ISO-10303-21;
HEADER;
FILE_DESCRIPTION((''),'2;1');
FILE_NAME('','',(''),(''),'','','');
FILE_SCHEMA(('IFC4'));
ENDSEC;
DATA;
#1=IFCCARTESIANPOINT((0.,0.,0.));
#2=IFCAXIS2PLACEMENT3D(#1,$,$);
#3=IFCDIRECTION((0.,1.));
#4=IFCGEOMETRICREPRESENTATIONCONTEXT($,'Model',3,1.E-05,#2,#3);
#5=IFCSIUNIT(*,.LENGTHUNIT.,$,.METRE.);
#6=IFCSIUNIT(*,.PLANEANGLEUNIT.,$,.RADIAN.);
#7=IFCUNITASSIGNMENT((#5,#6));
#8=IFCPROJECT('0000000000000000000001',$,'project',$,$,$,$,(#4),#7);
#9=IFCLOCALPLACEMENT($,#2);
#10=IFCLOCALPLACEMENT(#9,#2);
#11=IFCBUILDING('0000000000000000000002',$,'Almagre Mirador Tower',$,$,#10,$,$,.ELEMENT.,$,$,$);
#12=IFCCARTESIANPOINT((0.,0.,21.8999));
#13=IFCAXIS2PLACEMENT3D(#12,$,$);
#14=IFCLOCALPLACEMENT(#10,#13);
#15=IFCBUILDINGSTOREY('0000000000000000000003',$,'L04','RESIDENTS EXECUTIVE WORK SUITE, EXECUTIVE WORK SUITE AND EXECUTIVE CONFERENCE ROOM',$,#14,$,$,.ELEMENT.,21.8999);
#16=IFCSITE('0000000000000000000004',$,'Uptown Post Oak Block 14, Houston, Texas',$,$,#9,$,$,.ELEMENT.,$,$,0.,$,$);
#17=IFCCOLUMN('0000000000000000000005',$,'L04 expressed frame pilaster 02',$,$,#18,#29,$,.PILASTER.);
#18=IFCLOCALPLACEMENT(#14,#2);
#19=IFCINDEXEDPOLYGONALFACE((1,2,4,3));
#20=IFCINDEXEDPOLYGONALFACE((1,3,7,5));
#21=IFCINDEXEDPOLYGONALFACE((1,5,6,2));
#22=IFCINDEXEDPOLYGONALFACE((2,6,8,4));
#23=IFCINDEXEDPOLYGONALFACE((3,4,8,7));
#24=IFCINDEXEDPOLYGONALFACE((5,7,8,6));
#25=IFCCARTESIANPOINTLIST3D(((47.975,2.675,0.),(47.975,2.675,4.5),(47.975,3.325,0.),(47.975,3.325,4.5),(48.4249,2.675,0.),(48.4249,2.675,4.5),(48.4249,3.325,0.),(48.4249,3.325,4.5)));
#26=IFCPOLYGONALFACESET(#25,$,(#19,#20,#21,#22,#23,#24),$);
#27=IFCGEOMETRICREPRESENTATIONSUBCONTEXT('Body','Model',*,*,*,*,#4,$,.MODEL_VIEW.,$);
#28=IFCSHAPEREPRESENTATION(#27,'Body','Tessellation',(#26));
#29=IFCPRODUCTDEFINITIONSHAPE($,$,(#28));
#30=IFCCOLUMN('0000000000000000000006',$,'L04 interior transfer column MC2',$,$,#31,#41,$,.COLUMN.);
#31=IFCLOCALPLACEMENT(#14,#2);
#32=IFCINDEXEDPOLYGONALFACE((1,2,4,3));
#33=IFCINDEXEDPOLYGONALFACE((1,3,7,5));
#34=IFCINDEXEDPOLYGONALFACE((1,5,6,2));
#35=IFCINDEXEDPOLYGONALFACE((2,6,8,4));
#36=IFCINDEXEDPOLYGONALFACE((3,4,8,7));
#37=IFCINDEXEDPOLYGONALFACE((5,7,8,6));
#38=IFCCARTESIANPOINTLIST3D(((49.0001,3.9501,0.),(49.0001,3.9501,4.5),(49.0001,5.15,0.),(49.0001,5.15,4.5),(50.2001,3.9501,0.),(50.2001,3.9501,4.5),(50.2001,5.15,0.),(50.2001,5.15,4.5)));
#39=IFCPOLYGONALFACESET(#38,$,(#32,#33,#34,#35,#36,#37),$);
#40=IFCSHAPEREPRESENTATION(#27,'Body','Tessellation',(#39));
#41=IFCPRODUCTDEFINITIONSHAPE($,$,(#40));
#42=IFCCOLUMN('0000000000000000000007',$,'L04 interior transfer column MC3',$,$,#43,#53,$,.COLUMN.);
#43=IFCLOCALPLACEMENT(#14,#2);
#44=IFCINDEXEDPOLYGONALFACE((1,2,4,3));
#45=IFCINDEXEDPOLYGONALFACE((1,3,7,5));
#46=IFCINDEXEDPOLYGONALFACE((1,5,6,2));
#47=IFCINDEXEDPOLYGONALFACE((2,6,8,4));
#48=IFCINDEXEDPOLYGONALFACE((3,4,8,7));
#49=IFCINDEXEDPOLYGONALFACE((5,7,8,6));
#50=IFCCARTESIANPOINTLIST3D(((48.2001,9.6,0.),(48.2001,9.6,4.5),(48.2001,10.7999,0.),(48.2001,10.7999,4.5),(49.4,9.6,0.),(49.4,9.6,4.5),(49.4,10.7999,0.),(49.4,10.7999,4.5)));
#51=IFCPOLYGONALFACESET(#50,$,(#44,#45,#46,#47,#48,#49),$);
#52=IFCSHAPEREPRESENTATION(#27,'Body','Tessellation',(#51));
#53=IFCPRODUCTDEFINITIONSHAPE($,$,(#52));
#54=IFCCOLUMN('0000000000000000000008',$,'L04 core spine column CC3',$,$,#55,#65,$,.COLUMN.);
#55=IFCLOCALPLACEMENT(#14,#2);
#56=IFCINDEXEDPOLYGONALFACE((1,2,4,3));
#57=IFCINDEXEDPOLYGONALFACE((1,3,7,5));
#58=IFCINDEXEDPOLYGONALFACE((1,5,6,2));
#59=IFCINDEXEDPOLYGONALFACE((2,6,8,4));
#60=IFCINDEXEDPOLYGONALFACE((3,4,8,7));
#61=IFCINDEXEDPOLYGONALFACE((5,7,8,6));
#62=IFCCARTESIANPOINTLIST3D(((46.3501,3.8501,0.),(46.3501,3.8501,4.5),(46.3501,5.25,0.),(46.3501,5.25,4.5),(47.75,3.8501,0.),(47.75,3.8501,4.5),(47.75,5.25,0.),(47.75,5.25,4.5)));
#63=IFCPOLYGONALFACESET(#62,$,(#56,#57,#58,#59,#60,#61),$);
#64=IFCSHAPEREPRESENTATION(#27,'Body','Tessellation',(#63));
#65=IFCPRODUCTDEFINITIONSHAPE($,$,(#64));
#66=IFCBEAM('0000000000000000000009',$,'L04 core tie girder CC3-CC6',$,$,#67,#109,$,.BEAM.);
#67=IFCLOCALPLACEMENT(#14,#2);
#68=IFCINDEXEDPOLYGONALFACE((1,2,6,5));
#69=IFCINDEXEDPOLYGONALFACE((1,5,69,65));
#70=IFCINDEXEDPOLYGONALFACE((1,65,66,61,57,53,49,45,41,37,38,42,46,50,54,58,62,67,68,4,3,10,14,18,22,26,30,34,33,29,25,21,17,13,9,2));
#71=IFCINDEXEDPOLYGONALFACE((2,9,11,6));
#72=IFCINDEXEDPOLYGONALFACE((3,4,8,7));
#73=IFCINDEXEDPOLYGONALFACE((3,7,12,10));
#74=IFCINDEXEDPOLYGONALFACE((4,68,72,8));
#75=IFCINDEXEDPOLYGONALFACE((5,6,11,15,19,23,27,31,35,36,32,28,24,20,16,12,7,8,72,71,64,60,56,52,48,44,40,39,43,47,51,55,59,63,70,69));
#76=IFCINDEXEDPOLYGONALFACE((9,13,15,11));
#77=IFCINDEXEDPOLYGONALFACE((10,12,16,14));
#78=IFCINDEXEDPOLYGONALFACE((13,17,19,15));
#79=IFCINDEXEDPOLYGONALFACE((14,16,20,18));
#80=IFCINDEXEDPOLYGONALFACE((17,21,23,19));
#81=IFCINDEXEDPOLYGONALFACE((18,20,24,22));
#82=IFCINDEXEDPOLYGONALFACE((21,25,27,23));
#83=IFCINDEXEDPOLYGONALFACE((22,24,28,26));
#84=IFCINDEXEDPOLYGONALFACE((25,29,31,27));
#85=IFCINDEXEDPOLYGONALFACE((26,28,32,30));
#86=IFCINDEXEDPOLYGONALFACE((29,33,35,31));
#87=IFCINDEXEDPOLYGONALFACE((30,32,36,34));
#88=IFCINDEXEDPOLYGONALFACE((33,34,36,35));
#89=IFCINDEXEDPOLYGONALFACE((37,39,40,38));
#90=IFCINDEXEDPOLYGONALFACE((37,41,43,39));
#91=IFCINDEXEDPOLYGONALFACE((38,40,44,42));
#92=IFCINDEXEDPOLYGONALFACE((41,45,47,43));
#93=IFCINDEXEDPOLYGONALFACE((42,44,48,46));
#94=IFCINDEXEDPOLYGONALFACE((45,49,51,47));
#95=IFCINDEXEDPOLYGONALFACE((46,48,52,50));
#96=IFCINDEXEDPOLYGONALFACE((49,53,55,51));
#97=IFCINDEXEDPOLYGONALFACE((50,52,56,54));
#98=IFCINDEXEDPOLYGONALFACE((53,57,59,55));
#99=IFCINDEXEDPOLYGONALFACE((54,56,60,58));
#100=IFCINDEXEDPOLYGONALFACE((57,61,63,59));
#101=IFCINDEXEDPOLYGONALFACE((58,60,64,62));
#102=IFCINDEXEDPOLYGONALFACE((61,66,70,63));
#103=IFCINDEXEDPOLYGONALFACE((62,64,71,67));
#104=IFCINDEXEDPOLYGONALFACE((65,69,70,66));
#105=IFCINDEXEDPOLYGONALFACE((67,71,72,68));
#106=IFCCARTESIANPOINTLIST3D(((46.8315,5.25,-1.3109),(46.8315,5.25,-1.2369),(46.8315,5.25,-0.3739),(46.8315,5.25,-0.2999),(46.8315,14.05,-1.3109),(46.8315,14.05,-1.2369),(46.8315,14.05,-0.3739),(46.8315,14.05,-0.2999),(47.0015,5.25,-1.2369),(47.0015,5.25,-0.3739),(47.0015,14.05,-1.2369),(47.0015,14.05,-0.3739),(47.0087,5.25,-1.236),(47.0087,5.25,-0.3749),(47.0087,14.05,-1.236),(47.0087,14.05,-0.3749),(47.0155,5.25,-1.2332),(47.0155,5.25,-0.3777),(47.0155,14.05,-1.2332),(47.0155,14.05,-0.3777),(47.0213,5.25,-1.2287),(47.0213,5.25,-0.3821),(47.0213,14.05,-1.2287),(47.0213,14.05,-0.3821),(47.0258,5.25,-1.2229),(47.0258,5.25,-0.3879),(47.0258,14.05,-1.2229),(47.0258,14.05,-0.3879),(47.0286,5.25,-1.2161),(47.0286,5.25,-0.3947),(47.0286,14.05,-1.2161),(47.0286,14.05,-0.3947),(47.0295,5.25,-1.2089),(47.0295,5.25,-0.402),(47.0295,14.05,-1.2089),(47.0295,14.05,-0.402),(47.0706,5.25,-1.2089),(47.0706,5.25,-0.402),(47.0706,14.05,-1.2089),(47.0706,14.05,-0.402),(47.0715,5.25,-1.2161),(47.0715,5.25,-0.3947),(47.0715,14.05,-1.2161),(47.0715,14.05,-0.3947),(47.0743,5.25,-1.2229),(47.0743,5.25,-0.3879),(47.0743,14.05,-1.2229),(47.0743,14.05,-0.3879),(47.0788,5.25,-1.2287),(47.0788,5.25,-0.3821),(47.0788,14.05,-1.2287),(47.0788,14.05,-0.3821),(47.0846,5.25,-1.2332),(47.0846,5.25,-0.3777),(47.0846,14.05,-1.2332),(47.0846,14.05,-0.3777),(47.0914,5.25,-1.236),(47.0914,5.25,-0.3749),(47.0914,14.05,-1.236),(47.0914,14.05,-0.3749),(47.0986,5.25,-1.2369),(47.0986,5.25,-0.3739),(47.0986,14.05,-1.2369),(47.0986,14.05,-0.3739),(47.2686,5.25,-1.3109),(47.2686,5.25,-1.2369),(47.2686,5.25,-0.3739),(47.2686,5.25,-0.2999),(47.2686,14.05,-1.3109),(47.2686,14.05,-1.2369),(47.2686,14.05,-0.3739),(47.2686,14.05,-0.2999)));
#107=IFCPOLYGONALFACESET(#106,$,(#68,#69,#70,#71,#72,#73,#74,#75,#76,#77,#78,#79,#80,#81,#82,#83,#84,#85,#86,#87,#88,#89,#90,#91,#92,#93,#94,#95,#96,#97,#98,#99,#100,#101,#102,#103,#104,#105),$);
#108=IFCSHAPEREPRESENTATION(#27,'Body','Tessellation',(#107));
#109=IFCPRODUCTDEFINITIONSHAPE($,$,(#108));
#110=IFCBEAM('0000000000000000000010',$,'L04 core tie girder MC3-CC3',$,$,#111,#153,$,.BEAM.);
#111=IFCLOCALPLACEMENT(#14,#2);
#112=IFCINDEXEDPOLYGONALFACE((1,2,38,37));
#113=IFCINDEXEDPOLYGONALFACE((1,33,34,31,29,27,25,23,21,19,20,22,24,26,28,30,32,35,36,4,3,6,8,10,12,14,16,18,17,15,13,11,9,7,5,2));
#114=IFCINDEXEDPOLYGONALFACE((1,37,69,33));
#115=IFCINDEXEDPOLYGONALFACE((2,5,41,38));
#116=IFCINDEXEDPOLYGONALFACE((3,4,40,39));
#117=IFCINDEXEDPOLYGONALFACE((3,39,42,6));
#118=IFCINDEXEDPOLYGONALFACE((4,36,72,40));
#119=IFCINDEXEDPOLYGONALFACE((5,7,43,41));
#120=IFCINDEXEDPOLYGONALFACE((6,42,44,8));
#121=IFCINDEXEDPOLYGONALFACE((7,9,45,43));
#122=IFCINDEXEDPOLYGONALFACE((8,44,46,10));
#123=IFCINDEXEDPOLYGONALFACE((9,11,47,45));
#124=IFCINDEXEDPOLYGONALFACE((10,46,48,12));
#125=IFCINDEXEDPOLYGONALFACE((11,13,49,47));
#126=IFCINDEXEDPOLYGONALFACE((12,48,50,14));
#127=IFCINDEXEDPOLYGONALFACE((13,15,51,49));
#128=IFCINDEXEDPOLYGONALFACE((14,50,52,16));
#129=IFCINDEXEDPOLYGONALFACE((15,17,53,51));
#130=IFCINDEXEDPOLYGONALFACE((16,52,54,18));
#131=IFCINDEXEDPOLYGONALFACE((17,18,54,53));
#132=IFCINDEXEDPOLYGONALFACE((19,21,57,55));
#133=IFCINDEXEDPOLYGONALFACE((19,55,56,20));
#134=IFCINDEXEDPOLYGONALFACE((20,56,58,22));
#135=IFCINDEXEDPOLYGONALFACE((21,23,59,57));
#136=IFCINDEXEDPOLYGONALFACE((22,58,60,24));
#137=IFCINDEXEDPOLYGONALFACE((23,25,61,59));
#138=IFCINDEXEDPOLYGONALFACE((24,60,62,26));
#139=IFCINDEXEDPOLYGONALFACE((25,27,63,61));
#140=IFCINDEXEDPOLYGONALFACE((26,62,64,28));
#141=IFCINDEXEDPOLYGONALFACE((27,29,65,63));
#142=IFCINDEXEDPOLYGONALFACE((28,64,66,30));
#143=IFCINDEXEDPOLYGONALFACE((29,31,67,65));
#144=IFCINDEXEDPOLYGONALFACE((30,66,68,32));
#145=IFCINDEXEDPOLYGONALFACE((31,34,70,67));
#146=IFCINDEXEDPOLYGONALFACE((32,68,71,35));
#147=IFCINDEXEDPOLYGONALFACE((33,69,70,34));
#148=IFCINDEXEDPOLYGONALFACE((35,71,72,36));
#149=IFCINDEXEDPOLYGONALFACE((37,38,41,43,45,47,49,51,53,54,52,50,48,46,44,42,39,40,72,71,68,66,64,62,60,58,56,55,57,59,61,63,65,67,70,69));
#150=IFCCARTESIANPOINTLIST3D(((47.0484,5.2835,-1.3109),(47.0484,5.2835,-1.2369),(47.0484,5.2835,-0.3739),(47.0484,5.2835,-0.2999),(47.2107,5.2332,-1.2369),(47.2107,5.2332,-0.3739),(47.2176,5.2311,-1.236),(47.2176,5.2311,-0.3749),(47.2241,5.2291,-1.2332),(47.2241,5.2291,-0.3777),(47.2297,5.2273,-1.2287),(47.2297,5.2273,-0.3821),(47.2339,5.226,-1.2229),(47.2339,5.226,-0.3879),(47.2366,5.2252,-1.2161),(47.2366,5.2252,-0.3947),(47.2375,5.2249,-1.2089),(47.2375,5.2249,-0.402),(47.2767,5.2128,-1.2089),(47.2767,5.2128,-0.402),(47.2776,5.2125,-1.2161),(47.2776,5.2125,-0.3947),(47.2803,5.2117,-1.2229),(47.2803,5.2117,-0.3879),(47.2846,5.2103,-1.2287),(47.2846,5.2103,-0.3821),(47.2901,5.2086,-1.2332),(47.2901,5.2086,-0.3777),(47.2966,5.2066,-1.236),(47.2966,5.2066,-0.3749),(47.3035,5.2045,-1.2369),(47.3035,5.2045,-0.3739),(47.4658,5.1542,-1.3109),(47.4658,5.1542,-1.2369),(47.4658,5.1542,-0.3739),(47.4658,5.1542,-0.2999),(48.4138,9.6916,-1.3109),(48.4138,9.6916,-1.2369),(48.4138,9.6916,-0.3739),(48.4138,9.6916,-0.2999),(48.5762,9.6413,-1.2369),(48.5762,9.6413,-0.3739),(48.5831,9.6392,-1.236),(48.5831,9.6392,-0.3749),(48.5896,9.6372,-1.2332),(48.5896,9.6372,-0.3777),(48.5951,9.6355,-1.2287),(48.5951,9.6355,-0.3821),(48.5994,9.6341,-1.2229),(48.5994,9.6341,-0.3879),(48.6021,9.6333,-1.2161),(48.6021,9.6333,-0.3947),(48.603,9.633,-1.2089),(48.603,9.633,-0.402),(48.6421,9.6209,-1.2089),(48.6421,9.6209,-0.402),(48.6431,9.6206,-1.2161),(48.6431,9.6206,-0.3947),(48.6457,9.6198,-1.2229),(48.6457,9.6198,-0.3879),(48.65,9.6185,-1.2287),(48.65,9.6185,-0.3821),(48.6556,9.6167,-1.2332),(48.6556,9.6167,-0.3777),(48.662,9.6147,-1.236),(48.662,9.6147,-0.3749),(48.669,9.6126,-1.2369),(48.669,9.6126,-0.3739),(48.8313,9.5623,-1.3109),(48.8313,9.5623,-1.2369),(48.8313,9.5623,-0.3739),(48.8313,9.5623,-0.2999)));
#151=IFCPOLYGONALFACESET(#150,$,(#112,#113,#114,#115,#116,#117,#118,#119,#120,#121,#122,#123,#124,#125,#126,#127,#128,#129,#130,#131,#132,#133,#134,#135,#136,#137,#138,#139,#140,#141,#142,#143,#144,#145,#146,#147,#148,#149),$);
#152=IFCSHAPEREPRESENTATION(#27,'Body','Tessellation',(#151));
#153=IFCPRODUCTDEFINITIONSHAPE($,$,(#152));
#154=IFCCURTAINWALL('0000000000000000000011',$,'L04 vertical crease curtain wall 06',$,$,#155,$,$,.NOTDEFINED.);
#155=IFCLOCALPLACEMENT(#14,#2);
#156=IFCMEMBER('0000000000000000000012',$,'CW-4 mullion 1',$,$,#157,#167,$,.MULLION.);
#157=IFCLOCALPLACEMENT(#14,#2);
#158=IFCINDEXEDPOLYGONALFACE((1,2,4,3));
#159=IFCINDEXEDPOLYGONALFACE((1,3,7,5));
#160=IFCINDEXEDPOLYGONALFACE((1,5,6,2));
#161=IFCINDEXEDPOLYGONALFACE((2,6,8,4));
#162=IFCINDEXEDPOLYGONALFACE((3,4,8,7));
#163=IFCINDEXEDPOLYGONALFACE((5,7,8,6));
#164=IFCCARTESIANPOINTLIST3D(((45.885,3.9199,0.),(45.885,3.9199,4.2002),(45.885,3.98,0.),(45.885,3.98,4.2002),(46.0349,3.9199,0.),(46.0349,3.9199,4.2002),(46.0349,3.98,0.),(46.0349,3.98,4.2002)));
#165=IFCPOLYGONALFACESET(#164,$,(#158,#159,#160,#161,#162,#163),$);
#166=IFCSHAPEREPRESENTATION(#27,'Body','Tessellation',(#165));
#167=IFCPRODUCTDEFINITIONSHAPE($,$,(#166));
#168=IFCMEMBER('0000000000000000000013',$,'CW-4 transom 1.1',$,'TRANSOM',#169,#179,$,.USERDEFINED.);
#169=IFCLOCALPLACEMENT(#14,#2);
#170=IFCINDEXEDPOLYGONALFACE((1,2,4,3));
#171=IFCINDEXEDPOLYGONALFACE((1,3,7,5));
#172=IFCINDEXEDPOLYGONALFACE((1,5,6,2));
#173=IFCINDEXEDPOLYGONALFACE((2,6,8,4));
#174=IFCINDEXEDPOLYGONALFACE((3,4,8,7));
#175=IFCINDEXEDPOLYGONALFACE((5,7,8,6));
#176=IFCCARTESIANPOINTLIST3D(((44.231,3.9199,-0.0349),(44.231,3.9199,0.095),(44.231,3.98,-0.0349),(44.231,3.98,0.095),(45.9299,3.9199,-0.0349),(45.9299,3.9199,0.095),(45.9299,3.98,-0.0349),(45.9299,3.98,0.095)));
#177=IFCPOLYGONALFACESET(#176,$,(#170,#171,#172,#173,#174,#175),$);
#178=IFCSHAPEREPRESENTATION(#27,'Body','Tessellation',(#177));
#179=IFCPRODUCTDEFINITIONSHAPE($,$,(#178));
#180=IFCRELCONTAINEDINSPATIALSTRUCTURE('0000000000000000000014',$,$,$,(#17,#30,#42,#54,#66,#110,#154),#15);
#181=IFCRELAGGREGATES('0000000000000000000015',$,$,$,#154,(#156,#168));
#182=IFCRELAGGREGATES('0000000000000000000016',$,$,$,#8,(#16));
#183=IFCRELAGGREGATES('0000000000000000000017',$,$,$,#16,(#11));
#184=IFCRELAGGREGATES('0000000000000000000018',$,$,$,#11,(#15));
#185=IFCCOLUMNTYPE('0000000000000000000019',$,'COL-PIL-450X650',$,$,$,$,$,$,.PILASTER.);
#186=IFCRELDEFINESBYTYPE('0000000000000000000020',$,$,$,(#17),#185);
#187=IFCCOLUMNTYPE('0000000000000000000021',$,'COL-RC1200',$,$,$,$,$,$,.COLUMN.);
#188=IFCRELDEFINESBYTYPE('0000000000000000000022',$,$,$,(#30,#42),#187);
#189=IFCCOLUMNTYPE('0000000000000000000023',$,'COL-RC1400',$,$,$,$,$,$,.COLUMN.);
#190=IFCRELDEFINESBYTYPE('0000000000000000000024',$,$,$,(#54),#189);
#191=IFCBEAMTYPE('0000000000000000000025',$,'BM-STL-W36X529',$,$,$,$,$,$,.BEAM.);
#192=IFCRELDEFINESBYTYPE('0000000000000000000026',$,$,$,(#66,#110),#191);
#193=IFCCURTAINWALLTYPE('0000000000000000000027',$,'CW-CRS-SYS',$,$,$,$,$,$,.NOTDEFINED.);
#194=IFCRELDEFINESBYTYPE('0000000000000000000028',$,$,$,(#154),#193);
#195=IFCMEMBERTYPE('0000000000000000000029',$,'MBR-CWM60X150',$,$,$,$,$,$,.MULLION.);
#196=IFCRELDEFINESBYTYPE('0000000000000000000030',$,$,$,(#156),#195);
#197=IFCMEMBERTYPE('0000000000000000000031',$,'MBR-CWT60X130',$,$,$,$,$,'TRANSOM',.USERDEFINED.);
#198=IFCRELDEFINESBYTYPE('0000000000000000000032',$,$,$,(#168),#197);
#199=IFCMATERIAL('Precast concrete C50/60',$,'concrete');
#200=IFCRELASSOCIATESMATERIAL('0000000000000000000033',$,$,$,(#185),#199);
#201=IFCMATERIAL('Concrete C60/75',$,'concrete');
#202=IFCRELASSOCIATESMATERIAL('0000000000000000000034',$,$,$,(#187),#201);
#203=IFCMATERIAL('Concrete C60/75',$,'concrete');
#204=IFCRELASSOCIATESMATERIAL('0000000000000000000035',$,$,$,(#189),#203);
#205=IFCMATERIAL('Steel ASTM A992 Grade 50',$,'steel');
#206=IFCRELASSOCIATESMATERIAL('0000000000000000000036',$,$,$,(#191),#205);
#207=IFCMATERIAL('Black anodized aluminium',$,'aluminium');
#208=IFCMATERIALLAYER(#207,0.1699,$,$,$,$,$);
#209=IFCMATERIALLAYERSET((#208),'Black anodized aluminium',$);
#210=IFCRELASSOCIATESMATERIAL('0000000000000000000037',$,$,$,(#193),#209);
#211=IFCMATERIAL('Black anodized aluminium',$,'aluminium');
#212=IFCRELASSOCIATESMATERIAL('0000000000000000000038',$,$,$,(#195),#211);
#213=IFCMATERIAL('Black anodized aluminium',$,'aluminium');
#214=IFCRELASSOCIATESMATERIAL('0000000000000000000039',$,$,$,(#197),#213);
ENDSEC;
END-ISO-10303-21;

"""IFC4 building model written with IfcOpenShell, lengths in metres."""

from ifc_helpers import new_model, si_unit, direction, frame, origin, origin_2d, place, context, subcontext, project, spatial, rectangle, i_section, extrude, material, layer, layer_set, material_profile, profile_set, type_object, element, aggregate, save


model = new_model("IFC4")

# Units and contexts
model_context = context("Model", 3, precision=1e-05, world=origin(), true_north=direction((0.0, 1.0)))
body_context = subcontext(model_context, "Body", "Model", "MODEL_VIEW")
ifc_project = project(units=[si_unit("LENGTHUNIT", "METRE"), si_unit("PLANEANGLEUNIT", "RADIAN")], contexts=[model_context])

# Site, building, storey
site_placement = place(None, origin())
site = spatial("IfcSite", under=ifc_project, at=site_placement, Name="Uptown Post Oak Block 14, Houston, Texas", CompositionType="ELEMENT", RefElevation=0.0)
building_placement = place(site_placement, origin())
building = spatial("IfcBuilding", under=site, at=building_placement, Name="Almagre Mirador Tower", CompositionType="ELEMENT")
storey_placement = place(building_placement, frame((0.0, 0.0, 21.8999)))
storey = spatial("IfcBuildingStorey", under=building, at=storey_placement, Name="L04", Description="RESIDENTS EXECUTIVE WORK SUITE, EXECUTIVE WORK SUITE AND EXECUTIVE CONFERENCE ROOM", CompositionType="ELEMENT", Elevation=21.8999)

# Columns
ifc_material_1 = material(Name="Precast concrete C50/60", Category="concrete")
ifc_material_profile_1 = material_profile(ifc_material_1, rectangle(XDim=0.45, YDim=0.6499, at=origin_2d()), Name="RC450X650")
ifc_profile_set_1 = profile_set([ifc_material_profile_1], Name="Precast concrete C50/60")
column_type_1 = type_object("IfcColumnType", Name="COL-PIL-450X650", PredefinedType="PILASTER", material=ifc_profile_set_1)
column_1_placement = place(storey_placement, frame((48.2, 3.0, 0.0), z_axis=(0.0, 0.0, 1.0), x_axis=(1.0, 0.0, 0.0)))
element("IfcColumn", 1, at=column_1_placement, inside=storey, type_object=column_type_1, Name="L04 expressed frame pilaster 02", PredefinedType="PILASTER", context=body_context, shape_type="SweptSolid", body=[
    extrude(rectangle(XDim=0.45, YDim=0.6499, at=origin_2d()), origin(), (0.0, 0.0, 1.0), 4.5),
])
ifc_material_2 = material(Name="Concrete C60/75", Category="concrete")
ifc_material_profile_2 = material_profile(ifc_material_2, rectangle(XDim=1.2, YDim=1.2, at=origin_2d()), Name="RC1200X1200")
ifc_profile_set_2 = profile_set([ifc_material_profile_2], Name="Concrete C60/75")
column_type_2 = type_object("IfcColumnType", Name="COL-RC1200", PredefinedType="COLUMN", material=ifc_profile_set_2)
for number, where, z_axis, x_axis, name in (
    (2, (49.6001, 4.55, 0.0), (0.0, 0.0, 1.0), (1.0, 0.0, 0.0), "L04 interior transfer column MC2"),
    (3, (48.8, 10.2, 0.0), (0.0, 0.0, 1.0), (1.0, 0.0, 0.0), "L04 interior transfer column MC3"),
):
    element("IfcColumn", number, at=place(storey_placement, frame(where, z_axis=z_axis, x_axis=x_axis)), inside=storey, type_object=column_type_2, Name=name, PredefinedType="COLUMN", context=body_context, shape_type="SweptSolid", body=[
        extrude(rectangle(XDim=1.2, YDim=1.2, at=origin_2d()), origin(), (0.0, 0.0, 1.0), 4.5),
    ])
ifc_material_3 = material(Name="Concrete C60/75", Category="concrete")
ifc_material_profile_3 = material_profile(ifc_material_3, rectangle(XDim=1.3999, YDim=1.3999, at=origin_2d()), Name="RC1400X1400")
ifc_profile_set_3 = profile_set([ifc_material_profile_3], Name="Concrete C60/75")
column_type_3 = type_object("IfcColumnType", Name="COL-RC1400", PredefinedType="COLUMN", material=ifc_profile_set_3)
column_2_placement = place(storey_placement, frame((47.05, 4.55, 0.0), z_axis=(0.0, 0.0, 1.0), x_axis=(1.0, 0.0, 0.0)))
element("IfcColumn", 4, at=column_2_placement, inside=storey, type_object=column_type_3, Name="L04 core spine column CC3", PredefinedType="COLUMN", context=body_context, shape_type="SweptSolid", body=[
    extrude(rectangle(XDim=1.3999, YDim=1.3999, at=origin_2d()), origin(), (0.0, 0.0, 1.0), 4.5),
])

# Beams
ifc_material_4 = material(Name="Steel ASTM A992 Grade 50", Category="steel")
ifc_material_profile_4 = material_profile(ifc_material_4, i_section(OverallWidth=0.437, OverallDepth=1.011, WebThickness=0.041, FlangeThickness=0.074, FilletRadius=0.0281, at=origin_2d()), Name="W36X529")
ifc_profile_set_4 = profile_set([ifc_material_profile_4], Name="Steel ASTM A992 Grade 50")
beam_type = type_object("IfcBeamType", Name="BM-STL-W36X529", PredefinedType="BEAM", material=ifc_profile_set_4)
beam_1_placement = place(storey_placement, frame((47.05, 5.25, -0.8054), z_axis=(0.0, 1.0, 0.0), x_axis=(-1.0, 0.0, 0.0)))
element("IfcBeam", 5, at=beam_1_placement, inside=storey, type_object=beam_type, Name="L04 core tie girder CC3-CC6", PredefinedType="BEAM", context=body_context, shape_type="SweptSolid", body=[
    extrude(i_section(OverallWidth=0.437, OverallDepth=1.011, WebThickness=0.041, FlangeThickness=0.074, FilletRadius=0.0281, at=origin_2d()), origin(), (0.0, 0.0, 1.0), 8.8),
])
beam_2_placement = place(storey_placement, frame((48.6226, 9.627, -0.8054), z_axis=(-0.295888, -0.955223, 0.0), x_axis=(0.955223, -0.295888, 0.0)))
element("IfcBeam", 6, at=beam_2_placement, inside=storey, type_object=beam_type, Name="L04 core tie girder MC3-CC3", PredefinedType="BEAM", context=body_context, shape_type="SweptSolid", body=[
    extrude(i_section(OverallWidth=0.437, OverallDepth=1.011, WebThickness=0.041, FlangeThickness=0.074, FilletRadius=0.0281, at=origin_2d()), origin(), (0.0, 0.0, 1.0), 4.6147),
])

# Curtain wall, members
ifc_material_5 = material(Name="Black anodized aluminium", Category="aluminium")
ifc_layer_1 = layer(ifc_material_5, 0.1699)
ifc_layer_set_1 = layer_set([ifc_layer_1], Name="Black anodized aluminium")
curtain_wall_type = type_object("IfcCurtainWallType", Name="CW-CRS-SYS", PredefinedType="NOTDEFINED", material=ifc_layer_set_1)
curtain_wall_placement = place(storey_placement, origin())
curtain_wall = element("IfcCurtainWall", 7, at=curtain_wall_placement, inside=storey, type_object=curtain_wall_type, Name="L04 vertical crease curtain wall 06", PredefinedType="NOTDEFINED")
ifc_material_6 = material(Name="Black anodized aluminium", Category="aluminium")
ifc_material_profile_5 = material_profile(ifc_material_6, rectangle(XDim=0.0601, YDim=0.1499, at=origin_2d()), Name="CWM60X150")
ifc_profile_set_5 = profile_set([ifc_material_profile_5], Name="Black anodized aluminium")
member_type_1 = type_object("IfcMemberType", Name="MBR-CWM60X150", PredefinedType="MULLION", material=ifc_profile_set_5)
member_1_placement = place(storey_placement, frame((45.96, 3.95, 0.0), z_axis=(0.0, 0.0, 1.0), x_axis=(0.0, -1.0, 0.0)))
member_1 = element("IfcMember", 8, at=member_1_placement, type_object=member_type_1, Name="CW-4 mullion 1", PredefinedType="MULLION", context=body_context, shape_type="SweptSolid", body=[
    extrude(rectangle(XDim=0.0601, YDim=0.1499, at=origin_2d()), origin(), (0.0, 0.0, 1.0), 4.2002),
])
ifc_material_7 = material(Name="Black anodized aluminium", Category="aluminium")
ifc_material_profile_6 = material_profile(ifc_material_7, rectangle(XDim=0.0601, YDim=0.1299, at=origin_2d()), Name="CWT60X130")
ifc_profile_set_6 = profile_set([ifc_material_profile_6], Name="Black anodized aluminium")
member_type_2 = type_object("IfcMemberType", Name="MBR-CWT60X130", ElementType="TRANSOM", PredefinedType="USERDEFINED", material=ifc_profile_set_6)
member_2_placement = place(storey_placement, frame((45.9299, 3.95, 0.03), z_axis=(-1.0, 0.0, 0.0), x_axis=(0.0, -1.0, 0.0)))
member_2 = element("IfcMember", 9, at=member_2_placement, type_object=member_type_2, Name="CW-4 transom 1.1", ObjectType="TRANSOM", PredefinedType="USERDEFINED", context=body_context, shape_type="SweptSolid", body=[
    extrude(rectangle(XDim=0.0601, YDim=0.1299, at=origin_2d()), origin(), (0.0, 0.0, 1.0), 1.699),
])
aggregate(curtain_wall, [member_1, member_2])

save(model, "model.ifc")
